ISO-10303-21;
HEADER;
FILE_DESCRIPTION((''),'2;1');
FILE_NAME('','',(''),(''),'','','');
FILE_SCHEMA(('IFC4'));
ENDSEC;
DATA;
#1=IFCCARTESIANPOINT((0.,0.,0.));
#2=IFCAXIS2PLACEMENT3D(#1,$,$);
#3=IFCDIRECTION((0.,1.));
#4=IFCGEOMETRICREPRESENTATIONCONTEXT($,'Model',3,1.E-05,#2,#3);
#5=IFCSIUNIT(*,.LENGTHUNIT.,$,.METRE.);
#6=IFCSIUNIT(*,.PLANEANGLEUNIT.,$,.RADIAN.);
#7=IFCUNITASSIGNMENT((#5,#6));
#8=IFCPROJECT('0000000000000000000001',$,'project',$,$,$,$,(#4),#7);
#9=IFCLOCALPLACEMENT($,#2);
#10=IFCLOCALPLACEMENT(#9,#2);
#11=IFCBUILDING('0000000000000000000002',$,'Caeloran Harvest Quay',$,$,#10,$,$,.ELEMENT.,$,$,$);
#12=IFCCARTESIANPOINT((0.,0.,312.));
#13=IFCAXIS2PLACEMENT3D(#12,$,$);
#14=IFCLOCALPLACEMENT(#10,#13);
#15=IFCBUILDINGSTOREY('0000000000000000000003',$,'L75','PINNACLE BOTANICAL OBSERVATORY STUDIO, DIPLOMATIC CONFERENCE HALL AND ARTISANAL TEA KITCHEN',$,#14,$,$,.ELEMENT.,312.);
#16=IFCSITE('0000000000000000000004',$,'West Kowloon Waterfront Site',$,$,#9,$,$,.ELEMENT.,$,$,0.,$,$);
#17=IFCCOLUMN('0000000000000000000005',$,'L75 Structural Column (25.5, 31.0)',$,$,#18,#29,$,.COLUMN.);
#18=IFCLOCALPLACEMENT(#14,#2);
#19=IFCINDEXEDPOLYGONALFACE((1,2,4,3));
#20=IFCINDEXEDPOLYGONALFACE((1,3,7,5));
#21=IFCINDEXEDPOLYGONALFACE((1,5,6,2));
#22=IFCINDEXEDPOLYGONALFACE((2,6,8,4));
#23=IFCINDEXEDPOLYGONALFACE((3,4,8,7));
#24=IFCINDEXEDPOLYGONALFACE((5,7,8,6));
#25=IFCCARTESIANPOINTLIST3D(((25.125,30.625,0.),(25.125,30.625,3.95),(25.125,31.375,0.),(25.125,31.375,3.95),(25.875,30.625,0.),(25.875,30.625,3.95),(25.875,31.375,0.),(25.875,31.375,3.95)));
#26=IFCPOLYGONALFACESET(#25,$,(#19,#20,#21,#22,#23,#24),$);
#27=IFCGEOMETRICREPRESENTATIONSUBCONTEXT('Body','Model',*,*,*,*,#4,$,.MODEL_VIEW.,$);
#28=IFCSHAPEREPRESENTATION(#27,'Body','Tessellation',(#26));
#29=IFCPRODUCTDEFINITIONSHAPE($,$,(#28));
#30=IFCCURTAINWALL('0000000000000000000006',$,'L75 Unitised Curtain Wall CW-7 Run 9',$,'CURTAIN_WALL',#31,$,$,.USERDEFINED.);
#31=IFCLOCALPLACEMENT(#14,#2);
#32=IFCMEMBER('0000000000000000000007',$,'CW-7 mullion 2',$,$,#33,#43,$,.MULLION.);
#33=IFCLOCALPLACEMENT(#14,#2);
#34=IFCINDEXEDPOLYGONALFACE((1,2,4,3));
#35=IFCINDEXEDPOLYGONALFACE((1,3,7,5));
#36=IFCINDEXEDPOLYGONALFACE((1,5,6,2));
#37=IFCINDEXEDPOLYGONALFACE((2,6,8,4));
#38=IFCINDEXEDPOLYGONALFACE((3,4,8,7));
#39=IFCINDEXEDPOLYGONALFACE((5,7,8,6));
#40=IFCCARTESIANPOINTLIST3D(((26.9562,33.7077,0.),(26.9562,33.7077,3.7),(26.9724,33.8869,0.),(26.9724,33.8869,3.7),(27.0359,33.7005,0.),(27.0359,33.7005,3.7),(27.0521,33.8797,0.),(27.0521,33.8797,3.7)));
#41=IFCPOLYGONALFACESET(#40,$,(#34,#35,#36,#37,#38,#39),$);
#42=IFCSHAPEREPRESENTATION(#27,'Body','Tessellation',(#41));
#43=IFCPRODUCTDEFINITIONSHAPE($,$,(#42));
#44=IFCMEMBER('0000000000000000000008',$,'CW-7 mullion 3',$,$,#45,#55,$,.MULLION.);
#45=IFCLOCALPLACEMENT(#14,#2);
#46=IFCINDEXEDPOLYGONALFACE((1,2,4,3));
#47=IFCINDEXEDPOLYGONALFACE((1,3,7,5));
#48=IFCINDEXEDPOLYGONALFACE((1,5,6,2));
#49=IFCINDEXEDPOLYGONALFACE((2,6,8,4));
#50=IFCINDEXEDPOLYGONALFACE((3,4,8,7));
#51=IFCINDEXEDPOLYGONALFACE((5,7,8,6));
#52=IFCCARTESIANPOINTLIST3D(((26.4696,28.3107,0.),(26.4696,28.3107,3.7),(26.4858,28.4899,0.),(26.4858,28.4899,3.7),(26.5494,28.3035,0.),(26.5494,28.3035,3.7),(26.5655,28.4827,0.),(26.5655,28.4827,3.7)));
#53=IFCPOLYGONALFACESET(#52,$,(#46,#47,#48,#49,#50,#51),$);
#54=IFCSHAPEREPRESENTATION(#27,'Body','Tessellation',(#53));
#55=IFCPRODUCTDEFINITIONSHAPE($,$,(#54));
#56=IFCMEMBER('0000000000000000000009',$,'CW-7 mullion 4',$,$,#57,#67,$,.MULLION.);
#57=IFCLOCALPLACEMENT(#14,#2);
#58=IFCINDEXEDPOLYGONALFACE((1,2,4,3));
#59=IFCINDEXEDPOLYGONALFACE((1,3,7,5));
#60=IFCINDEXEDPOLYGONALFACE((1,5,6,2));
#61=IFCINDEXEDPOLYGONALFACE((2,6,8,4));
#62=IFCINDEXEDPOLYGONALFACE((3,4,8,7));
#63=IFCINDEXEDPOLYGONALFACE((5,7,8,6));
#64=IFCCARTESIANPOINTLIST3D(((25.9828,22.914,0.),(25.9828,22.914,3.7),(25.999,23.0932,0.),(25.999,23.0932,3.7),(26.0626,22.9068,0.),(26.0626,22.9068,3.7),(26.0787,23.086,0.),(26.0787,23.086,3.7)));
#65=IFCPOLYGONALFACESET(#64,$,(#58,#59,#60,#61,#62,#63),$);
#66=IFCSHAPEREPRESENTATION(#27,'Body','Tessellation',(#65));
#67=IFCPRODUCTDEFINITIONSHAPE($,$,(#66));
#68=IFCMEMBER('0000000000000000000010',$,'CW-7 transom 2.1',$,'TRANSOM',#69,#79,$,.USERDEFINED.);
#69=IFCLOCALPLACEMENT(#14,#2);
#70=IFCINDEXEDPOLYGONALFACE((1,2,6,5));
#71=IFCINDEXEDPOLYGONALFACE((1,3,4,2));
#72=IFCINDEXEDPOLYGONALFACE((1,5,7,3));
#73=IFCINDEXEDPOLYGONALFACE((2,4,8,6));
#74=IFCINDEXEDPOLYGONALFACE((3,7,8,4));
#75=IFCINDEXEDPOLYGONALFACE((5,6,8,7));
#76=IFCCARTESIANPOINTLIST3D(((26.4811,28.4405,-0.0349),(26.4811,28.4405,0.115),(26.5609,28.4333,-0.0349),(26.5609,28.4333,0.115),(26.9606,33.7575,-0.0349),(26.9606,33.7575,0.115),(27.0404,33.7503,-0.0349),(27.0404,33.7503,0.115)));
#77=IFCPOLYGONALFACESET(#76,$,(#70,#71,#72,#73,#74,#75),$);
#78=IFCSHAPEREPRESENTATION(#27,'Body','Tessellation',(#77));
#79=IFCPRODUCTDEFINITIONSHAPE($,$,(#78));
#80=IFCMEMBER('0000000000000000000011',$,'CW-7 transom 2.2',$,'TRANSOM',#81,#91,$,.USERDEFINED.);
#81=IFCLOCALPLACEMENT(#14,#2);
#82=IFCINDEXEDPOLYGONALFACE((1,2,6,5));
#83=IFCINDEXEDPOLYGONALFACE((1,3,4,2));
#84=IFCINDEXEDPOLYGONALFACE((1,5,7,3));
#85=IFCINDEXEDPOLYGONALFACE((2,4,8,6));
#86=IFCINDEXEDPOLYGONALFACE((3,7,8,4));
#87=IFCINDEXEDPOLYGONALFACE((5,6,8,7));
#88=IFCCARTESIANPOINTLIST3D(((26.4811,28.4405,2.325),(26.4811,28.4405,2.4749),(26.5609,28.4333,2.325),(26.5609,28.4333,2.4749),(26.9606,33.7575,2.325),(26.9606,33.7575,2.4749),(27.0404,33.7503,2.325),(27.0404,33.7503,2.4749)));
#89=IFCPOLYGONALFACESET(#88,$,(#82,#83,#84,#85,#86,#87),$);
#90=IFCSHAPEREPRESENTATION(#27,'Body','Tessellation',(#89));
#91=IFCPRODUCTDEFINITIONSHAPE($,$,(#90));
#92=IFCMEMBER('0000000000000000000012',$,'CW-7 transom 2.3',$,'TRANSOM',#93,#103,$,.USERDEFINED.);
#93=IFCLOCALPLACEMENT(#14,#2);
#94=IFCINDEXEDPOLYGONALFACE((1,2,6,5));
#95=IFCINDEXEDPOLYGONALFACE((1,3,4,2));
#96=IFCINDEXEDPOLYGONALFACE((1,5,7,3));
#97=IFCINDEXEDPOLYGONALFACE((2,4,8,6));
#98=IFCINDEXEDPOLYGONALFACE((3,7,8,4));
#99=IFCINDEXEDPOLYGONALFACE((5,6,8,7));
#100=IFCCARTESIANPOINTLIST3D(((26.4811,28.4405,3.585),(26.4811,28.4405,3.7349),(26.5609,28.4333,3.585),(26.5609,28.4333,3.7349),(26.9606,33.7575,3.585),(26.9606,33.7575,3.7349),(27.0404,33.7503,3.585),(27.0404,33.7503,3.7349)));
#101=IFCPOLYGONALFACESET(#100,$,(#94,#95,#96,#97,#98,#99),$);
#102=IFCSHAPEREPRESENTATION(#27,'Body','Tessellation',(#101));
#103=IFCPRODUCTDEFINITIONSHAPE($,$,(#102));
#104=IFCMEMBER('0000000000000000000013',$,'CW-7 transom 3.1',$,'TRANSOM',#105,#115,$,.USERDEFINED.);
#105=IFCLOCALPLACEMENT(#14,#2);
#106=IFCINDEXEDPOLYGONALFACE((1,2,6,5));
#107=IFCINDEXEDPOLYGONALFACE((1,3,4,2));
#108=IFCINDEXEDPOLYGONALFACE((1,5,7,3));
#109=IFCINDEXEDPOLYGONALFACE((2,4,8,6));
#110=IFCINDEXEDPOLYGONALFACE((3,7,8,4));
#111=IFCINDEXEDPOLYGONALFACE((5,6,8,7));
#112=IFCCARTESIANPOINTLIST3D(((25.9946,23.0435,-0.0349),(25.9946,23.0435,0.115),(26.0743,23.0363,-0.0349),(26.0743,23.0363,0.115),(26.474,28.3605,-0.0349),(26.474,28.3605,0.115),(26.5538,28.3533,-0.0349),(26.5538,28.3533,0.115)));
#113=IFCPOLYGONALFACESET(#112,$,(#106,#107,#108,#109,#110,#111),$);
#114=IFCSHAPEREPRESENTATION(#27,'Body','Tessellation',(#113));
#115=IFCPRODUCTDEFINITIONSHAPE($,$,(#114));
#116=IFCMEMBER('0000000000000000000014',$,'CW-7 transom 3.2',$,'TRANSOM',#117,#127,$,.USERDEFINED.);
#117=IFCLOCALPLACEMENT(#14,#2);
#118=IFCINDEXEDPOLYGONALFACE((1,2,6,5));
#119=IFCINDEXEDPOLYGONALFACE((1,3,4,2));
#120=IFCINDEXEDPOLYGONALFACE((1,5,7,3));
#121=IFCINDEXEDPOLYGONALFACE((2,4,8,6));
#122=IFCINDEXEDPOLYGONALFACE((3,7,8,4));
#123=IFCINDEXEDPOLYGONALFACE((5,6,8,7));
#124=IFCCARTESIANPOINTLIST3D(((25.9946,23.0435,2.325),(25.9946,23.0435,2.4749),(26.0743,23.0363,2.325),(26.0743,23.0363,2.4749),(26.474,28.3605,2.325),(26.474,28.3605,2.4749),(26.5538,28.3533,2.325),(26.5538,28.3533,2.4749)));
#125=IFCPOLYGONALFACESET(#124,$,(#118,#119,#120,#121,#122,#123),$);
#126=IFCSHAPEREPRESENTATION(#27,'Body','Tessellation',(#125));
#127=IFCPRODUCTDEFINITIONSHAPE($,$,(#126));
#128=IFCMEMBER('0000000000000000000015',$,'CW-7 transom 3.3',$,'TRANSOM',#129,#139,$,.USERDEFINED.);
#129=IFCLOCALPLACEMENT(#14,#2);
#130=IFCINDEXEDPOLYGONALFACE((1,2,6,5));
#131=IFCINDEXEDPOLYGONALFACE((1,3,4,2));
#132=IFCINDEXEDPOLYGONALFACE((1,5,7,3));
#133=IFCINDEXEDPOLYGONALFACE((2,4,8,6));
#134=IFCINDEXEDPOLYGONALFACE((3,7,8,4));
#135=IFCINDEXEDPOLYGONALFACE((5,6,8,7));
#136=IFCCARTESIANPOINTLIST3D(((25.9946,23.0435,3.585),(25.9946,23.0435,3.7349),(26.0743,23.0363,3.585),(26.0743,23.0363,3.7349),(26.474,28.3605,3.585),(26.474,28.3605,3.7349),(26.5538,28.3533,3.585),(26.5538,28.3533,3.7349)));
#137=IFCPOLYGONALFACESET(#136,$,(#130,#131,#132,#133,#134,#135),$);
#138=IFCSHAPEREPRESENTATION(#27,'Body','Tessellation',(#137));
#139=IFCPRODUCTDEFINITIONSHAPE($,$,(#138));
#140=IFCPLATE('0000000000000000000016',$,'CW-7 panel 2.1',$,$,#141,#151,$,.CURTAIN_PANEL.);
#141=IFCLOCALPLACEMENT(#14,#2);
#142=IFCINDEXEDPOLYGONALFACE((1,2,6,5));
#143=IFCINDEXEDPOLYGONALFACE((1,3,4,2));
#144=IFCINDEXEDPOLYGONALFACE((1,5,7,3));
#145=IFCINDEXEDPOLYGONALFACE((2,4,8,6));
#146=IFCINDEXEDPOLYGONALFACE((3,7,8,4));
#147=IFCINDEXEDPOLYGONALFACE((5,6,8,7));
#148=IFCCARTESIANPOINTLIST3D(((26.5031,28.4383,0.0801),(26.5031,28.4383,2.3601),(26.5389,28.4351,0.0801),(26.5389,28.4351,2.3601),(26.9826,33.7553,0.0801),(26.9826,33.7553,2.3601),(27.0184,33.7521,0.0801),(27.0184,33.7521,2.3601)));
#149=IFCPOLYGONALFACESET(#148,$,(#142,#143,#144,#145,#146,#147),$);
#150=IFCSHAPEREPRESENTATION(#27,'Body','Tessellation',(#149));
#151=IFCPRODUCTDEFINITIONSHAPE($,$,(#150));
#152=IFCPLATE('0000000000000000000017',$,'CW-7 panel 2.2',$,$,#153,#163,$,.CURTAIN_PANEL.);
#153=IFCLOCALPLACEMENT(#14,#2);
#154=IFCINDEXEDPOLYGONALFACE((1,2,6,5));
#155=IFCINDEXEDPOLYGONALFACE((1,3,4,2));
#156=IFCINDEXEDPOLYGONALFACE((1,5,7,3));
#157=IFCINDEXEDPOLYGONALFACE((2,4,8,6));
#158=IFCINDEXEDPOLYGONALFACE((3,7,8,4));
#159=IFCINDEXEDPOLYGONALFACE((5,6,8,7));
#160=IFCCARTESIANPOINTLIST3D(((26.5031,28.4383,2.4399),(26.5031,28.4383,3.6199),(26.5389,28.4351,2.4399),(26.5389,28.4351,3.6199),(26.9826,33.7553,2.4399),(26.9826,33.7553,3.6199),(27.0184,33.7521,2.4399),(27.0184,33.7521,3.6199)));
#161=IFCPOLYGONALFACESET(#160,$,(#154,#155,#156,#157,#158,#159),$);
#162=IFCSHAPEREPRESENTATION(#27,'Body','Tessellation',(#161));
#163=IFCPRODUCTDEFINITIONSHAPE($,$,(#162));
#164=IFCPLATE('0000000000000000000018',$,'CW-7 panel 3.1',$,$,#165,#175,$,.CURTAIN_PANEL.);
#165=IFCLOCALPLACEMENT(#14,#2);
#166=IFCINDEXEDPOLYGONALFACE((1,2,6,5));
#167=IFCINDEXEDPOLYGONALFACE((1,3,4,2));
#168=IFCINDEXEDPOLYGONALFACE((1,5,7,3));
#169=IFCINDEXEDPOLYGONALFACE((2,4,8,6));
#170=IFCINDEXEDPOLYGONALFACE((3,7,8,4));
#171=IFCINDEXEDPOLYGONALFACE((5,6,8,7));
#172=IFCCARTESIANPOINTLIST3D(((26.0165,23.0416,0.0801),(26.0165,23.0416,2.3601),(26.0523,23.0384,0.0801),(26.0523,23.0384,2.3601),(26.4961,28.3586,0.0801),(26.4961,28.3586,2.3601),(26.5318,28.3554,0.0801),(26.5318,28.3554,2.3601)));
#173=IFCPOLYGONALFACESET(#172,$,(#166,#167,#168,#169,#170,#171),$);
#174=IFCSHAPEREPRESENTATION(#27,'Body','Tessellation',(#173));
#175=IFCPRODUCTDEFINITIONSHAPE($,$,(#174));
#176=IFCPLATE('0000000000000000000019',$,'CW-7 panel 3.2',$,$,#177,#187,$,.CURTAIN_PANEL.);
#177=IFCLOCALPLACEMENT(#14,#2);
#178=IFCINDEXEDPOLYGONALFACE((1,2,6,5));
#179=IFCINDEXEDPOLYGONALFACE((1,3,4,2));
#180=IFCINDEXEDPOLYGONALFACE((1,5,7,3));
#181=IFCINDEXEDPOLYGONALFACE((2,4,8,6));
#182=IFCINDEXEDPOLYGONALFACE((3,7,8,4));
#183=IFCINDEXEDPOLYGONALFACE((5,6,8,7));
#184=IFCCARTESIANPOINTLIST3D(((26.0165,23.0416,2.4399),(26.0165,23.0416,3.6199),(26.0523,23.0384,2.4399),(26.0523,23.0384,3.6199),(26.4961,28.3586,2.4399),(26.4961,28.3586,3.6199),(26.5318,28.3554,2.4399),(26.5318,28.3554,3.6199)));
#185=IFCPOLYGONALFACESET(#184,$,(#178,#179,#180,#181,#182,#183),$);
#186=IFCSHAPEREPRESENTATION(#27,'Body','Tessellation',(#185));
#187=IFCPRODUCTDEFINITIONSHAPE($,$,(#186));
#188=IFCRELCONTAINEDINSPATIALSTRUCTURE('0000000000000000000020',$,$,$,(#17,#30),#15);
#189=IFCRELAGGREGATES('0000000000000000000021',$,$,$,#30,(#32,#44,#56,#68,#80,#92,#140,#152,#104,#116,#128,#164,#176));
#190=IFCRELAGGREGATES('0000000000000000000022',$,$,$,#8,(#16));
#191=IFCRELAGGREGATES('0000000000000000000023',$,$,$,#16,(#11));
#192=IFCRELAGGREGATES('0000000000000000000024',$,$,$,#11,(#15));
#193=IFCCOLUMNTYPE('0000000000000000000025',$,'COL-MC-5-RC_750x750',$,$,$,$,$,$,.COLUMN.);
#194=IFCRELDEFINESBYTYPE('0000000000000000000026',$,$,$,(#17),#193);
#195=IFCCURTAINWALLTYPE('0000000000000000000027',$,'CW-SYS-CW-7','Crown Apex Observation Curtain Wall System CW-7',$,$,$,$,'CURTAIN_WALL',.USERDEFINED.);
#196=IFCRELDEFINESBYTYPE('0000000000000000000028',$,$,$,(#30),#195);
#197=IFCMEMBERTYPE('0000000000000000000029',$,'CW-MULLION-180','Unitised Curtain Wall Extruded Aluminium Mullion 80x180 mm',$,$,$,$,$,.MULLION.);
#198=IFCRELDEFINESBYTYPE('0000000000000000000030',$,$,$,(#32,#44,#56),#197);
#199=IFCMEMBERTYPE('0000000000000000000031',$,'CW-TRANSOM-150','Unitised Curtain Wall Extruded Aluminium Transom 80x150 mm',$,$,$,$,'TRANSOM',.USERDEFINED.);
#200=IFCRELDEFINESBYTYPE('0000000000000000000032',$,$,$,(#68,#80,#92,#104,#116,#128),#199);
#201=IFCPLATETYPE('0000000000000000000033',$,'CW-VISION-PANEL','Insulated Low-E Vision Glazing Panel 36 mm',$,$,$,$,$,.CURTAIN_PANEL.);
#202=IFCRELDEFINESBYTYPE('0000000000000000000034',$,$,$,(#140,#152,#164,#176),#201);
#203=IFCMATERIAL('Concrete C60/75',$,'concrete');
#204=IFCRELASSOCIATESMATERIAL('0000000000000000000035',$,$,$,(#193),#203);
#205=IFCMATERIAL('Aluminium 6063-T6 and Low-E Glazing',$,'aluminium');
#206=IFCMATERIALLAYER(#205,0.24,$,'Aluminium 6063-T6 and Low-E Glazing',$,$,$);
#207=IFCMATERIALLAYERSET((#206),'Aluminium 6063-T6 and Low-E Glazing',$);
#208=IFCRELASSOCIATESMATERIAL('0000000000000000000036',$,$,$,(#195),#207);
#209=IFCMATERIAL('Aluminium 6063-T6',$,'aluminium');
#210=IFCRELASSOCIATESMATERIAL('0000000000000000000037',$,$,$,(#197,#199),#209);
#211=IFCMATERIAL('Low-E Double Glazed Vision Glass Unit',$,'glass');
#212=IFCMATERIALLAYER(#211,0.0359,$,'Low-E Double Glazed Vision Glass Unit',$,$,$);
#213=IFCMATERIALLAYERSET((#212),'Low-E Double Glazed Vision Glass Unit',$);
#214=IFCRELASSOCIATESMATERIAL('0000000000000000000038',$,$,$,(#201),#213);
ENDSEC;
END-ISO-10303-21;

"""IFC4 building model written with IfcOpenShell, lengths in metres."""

from ifc_helpers import new_model, si_unit, direction, frame, origin, origin_2d, place, context, subcontext, project, spatial, rectangle, extrude, material, layer, layer_set, material_profile, profile_set, type_object, element, aggregate, save


model = new_model("IFC4")

# Units and contexts
model_context = context("Model", 3, precision=1e-05, world=origin(), true_north=direction((0.0, 1.0)))
body_context = subcontext(model_context, "Body", "Model", "MODEL_VIEW")
ifc_project = project(units=[si_unit("LENGTHUNIT", "METRE"), si_unit("PLANEANGLEUNIT", "RADIAN")], contexts=[model_context])

# Site, building, storey
site_placement = place(None, origin())
site = spatial("IfcSite", under=ifc_project, at=site_placement, Name="West Kowloon Waterfront Site", CompositionType="ELEMENT", RefElevation=0.0)
building_placement = place(site_placement, origin())
building = spatial("IfcBuilding", under=site, at=building_placement, Name="Caeloran Harvest Quay", CompositionType="ELEMENT")
storey_placement = place(building_placement, frame((0.0, 0.0, 312.0)))
storey = spatial("IfcBuildingStorey", under=building, at=storey_placement, Name="L75", Description="PINNACLE BOTANICAL OBSERVATORY STUDIO, DIPLOMATIC CONFERENCE HALL AND ARTISANAL TEA KITCHEN", CompositionType="ELEMENT", Elevation=312.0)

# Column
ifc_material_1 = material(Name="Concrete C60/75", Category="concrete")
ifc_material_profile_1 = material_profile(ifc_material_1, rectangle(XDim=0.75, YDim=0.75, at=origin_2d()), Name="RC 750x750")
ifc_profile_set_1 = profile_set([ifc_material_profile_1], Name="Concrete C60/75")
column_type = type_object("IfcColumnType", Name="COL-MC-5-RC_750x750", PredefinedType="COLUMN", material=ifc_profile_set_1)
column_placement = place(storey_placement, frame((25.5, 31.0, 0.0), z_axis=(0.0, 0.0, 1.0), x_axis=(1.0, 0.0, 0.0)))
element("IfcColumn", 1, at=column_placement, inside=storey, type_object=column_type, Name="L75 Structural Column (25.5, 31.0)", PredefinedType="COLUMN", context=body_context, shape_type="SweptSolid", body=[
    extrude(rectangle(XDim=0.75, YDim=0.75, at=origin_2d()), origin(), (0.0, 0.0, 1.0), 3.95),
])

# Curtain wall, members, plates
ifc_material_2 = material(Name="Aluminium 6063-T6 and Low-E Glazing", Category="aluminium")
ifc_layer_1 = layer(ifc_material_2, 0.24, Name="Aluminium 6063-T6 and Low-E Glazing")
ifc_layer_set_1 = layer_set([ifc_layer_1], Name="Aluminium 6063-T6 and Low-E Glazing")
curtain_wall_type = type_object("IfcCurtainWallType", Name="CW-SYS-CW-7", Description="Crown Apex Observation Curtain Wall System CW-7", ElementType="CURTAIN_WALL", PredefinedType="USERDEFINED", material=ifc_layer_set_1)
curtain_wall_placement = place(storey_placement, origin())
curtain_wall = element("IfcCurtainWall", 2, at=curtain_wall_placement, inside=storey, type_object=curtain_wall_type, Name="L75 Unitised Curtain Wall CW-7 Run 9", ObjectType="CURTAIN_WALL", PredefinedType="USERDEFINED")
ifc_material_3 = material(Name="Aluminium 6063-T6", Category="aluminium")
ifc_material_profile_2 = material_profile(ifc_material_3, rectangle(XDim=0.0801, YDim=0.1799, at=origin_2d()), Name="CW-MULLION-180")
ifc_profile_set_2 = profile_set([ifc_material_profile_2], Name="Aluminium 6063-T6")
member_type_1 = type_object("IfcMemberType", Name="CW-MULLION-180", Description="Unitised Curtain Wall Extruded Aluminium Mullion 80x180 mm", PredefinedType="MULLION", material=ifc_profile_set_2)
member_1_placement = place(storey_placement, frame((27.0042, 33.7937, 0.0), z_axis=(0.0, 0.0, 1.0), x_axis=(0.995958, -0.089821, 0.0)))
member_1 = element("IfcMember", 3, at=member_1_placement, type_object=member_type_1, Name="CW-7 mullion 2", PredefinedType="MULLION", context=body_context, shape_type="SweptSolid", body=[
    extrude(rectangle(XDim=0.0801, YDim=0.1799, at=origin_2d()), origin(), (0.0, 0.0, 1.0), 3.7),
])
member_2_placement = place(storey_placement, frame((26.5176, 28.3967, 0.0), z_axis=(0.0, 0.0, 1.0), x_axis=(0.995958, -0.089821, 0.0)))
member_2 = element("IfcMember", 4, at=member_2_placement, type_object=member_type_1, Name="CW-7 mullion 3", PredefinedType="MULLION", context=body_context, shape_type="SweptSolid", body=[
    extrude(rectangle(XDim=0.0801, YDim=0.1799, at=origin_2d()), origin(), (0.0, 0.0, 1.0), 3.7),
])
member_3_placement = place(storey_placement, frame((26.0308, 23.0, 0.0), z_axis=(0.0, 0.0, 1.0), x_axis=(0.995958, -0.089821, 0.0)))
member_3 = element("IfcMember", 5, at=member_3_placement, type_object=member_type_1, Name="CW-7 mullion 4", PredefinedType="MULLION", context=body_context, shape_type="SweptSolid", body=[
    extrude(rectangle(XDim=0.0801, YDim=0.1799, at=origin_2d()), origin(), (0.0, 0.0, 1.0), 3.7),
])
ifc_material_profile_3 = material_profile(ifc_material_3, rectangle(XDim=0.0801, YDim=0.1499, at=origin_2d()), Name="CW-TRANSOM-150")
ifc_profile_set_3 = profile_set([ifc_material_profile_3], Name="Aluminium 6063-T6")
member_type_2 = type_object("IfcMemberType", Name="CW-TRANSOM-150", Description="Unitised Curtain Wall Extruded Aluminium Transom 80x150 mm", ElementType="TRANSOM", PredefinedType="USERDEFINED", material=ifc_profile_set_3)
member_4_placement = place(storey_placement, frame((27.0005, 33.7539, 0.04), z_axis=(-0.089814, -0.995959, 0.0), x_axis=(0.995959, -0.089814, 0.0)))
member_4 = element("IfcMember", 6, at=member_4_placement, type_object=member_type_2, Name="CW-7 transom 2.1", ObjectType="TRANSOM", PredefinedType="USERDEFINED", context=body_context, shape_type="SweptSolid", body=[
    extrude(rectangle(XDim=0.0801, YDim=0.1499, at=origin_2d()), origin(), (0.0, 0.0, 1.0), 5.3386),
])
member_5_placement = place(storey_placement, frame((27.0005, 33.7539, 2.3999), z_axis=(-0.089814, -0.995959, 0.0), x_axis=(0.995959, -0.089814, 0.0)))
member_5 = element("IfcMember", 7, at=member_5_placement, type_object=member_type_2, Name="CW-7 transom 2.2", ObjectType="TRANSOM", PredefinedType="USERDEFINED", context=body_context, shape_type="SweptSolid", body=[
    extrude(rectangle(XDim=0.0801, YDim=0.1499, at=origin_2d()), origin(), (0.0, 0.0, 1.0), 5.3386),
])
member_6_placement = place(storey_placement, frame((27.0005, 33.7539, 3.6599), z_axis=(-0.089814, -0.995959, 0.0), x_axis=(0.995959, -0.089814, 0.0)))
member_6 = element("IfcMember", 8, at=member_6_placement, type_object=member_type_2, Name="CW-7 transom 2.3", ObjectType="TRANSOM", PredefinedType="USERDEFINED", context=body_context, shape_type="SweptSolid", body=[
    extrude(rectangle(XDim=0.0801, YDim=0.1499, at=origin_2d()), origin(), (0.0, 0.0, 1.0), 5.3386),
])
member_7_placement = place(storey_placement, frame((26.5139, 28.3569, 0.04), z_axis=(-0.089814, -0.995959, 0.0), x_axis=(0.995959, -0.089814, 0.0)))
member_7 = element("IfcMember", 9, at=member_7_placement, type_object=member_type_2, Name="CW-7 transom 3.1", ObjectType="TRANSOM", PredefinedType="USERDEFINED", context=body_context, shape_type="SweptSolid", body=[
    extrude(rectangle(XDim=0.0801, YDim=0.1499, at=origin_2d()), origin(), (0.0, 0.0, 1.0), 5.3386),
])
member_8_placement = place(storey_placement, frame((26.5139, 28.3569, 2.3999), z_axis=(-0.089814, -0.995959, 0.0), x_axis=(0.995959, -0.089814, 0.0)))
member_8 = element("IfcMember", 10, at=member_8_placement, type_object=member_type_2, Name="CW-7 transom 3.2", ObjectType="TRANSOM", PredefinedType="USERDEFINED", context=body_context, shape_type="SweptSolid", body=[
    extrude(rectangle(XDim=0.0801, YDim=0.1499, at=origin_2d()), origin(), (0.0, 0.0, 1.0), 5.3386),
])
member_9_placement = place(storey_placement, frame((26.5139, 28.3569, 3.6599), z_axis=(-0.089814, -0.995959, 0.0), x_axis=(0.995959, -0.089814, 0.0)))
member_9 = element("IfcMember", 11, at=member_9_placement, type_object=member_type_2, Name="CW-7 transom 3.3", ObjectType="TRANSOM", PredefinedType="USERDEFINED", context=body_context, shape_type="SweptSolid", body=[
    extrude(rectangle(XDim=0.0801, YDim=0.1499, at=origin_2d()), origin(), (0.0, 0.0, 1.0), 5.3386),
])
ifc_material_4 = material(Name="Low-E Double Glazed Vision Glass Unit", Category="glass")
ifc_layer_2 = layer(ifc_material_4, 0.0359, Name="Low-E Double Glazed Vision Glass Unit")
ifc_layer_set_2 = layer_set([ifc_layer_2], Name="Low-E Double Glazed Vision Glass Unit")
plate_type = type_object("IfcPlateType", Name="CW-VISION-PANEL", Description="Insulated Low-E Vision Glazing Panel 36 mm", PredefinedType="CURTAIN_PANEL", material=ifc_layer_set_2)
plate_1_placement = place(storey_placement, frame((26.7607, 31.0952, 0.0801), z_axis=(0.0, 0.0, 1.0), x_axis=(-0.089821, -0.995958, 0.0)))
plate_1 = element("IfcPlate", 12, at=plate_1_placement, type_object=plate_type, Name="CW-7 panel 2.1", PredefinedType="CURTAIN_PANEL", context=body_context, shape_type="SweptSolid", body=[
    extrude(rectangle(XDim=5.3386, YDim=0.0359, at=origin_2d()), origin(), (0.0, 0.0, 1.0), 2.28),
])
plate_2_placement = place(storey_placement, frame((26.7607, 31.0952, 2.4399), z_axis=(0.0, 0.0, 1.0), x_axis=(-0.089821, -0.995958, 0.0)))
plate_2 = element("IfcPlate", 13, at=plate_2_placement, type_object=plate_type, Name="CW-7 panel 2.2", PredefinedType="CURTAIN_PANEL", context=body_context, shape_type="SweptSolid", body=[
    extrude(rectangle(XDim=5.3386, YDim=0.0359, at=origin_2d()), origin(), (0.0, 0.0, 1.0), 1.1799),
])
plate_3_placement = place(storey_placement, frame((26.2742, 25.6985, 0.0801), z_axis=(0.0, 0.0, 1.0), x_axis=(-0.089821, -0.995958, 0.0)))
plate_3 = element("IfcPlate", 14, at=plate_3_placement, type_object=plate_type, Name="CW-7 panel 3.1", PredefinedType="CURTAIN_PANEL", context=body_context, shape_type="SweptSolid", body=[
    extrude(rectangle(XDim=5.3386, YDim=0.0359, at=origin_2d()), origin(), (0.0, 0.0, 1.0), 2.28),
])
plate_4_placement = place(storey_placement, frame((26.2742, 25.6985, 2.4399), z_axis=(0.0, 0.0, 1.0), x_axis=(-0.089821, -0.995958, 0.0)))
plate_4 = element("IfcPlate", 15, at=plate_4_placement, type_object=plate_type, Name="CW-7 panel 3.2", PredefinedType="CURTAIN_PANEL", context=body_context, shape_type="SweptSolid", body=[
    extrude(rectangle(XDim=5.3386, YDim=0.0359, at=origin_2d()), origin(), (0.0, 0.0, 1.0), 1.1799),
])
aggregate(curtain_wall, [member_1, member_2, member_3, member_4, member_5, member_6, plate_1, plate_2, member_7, member_8, member_9, plate_3, plate_4])

save(model, "model.ifc")
